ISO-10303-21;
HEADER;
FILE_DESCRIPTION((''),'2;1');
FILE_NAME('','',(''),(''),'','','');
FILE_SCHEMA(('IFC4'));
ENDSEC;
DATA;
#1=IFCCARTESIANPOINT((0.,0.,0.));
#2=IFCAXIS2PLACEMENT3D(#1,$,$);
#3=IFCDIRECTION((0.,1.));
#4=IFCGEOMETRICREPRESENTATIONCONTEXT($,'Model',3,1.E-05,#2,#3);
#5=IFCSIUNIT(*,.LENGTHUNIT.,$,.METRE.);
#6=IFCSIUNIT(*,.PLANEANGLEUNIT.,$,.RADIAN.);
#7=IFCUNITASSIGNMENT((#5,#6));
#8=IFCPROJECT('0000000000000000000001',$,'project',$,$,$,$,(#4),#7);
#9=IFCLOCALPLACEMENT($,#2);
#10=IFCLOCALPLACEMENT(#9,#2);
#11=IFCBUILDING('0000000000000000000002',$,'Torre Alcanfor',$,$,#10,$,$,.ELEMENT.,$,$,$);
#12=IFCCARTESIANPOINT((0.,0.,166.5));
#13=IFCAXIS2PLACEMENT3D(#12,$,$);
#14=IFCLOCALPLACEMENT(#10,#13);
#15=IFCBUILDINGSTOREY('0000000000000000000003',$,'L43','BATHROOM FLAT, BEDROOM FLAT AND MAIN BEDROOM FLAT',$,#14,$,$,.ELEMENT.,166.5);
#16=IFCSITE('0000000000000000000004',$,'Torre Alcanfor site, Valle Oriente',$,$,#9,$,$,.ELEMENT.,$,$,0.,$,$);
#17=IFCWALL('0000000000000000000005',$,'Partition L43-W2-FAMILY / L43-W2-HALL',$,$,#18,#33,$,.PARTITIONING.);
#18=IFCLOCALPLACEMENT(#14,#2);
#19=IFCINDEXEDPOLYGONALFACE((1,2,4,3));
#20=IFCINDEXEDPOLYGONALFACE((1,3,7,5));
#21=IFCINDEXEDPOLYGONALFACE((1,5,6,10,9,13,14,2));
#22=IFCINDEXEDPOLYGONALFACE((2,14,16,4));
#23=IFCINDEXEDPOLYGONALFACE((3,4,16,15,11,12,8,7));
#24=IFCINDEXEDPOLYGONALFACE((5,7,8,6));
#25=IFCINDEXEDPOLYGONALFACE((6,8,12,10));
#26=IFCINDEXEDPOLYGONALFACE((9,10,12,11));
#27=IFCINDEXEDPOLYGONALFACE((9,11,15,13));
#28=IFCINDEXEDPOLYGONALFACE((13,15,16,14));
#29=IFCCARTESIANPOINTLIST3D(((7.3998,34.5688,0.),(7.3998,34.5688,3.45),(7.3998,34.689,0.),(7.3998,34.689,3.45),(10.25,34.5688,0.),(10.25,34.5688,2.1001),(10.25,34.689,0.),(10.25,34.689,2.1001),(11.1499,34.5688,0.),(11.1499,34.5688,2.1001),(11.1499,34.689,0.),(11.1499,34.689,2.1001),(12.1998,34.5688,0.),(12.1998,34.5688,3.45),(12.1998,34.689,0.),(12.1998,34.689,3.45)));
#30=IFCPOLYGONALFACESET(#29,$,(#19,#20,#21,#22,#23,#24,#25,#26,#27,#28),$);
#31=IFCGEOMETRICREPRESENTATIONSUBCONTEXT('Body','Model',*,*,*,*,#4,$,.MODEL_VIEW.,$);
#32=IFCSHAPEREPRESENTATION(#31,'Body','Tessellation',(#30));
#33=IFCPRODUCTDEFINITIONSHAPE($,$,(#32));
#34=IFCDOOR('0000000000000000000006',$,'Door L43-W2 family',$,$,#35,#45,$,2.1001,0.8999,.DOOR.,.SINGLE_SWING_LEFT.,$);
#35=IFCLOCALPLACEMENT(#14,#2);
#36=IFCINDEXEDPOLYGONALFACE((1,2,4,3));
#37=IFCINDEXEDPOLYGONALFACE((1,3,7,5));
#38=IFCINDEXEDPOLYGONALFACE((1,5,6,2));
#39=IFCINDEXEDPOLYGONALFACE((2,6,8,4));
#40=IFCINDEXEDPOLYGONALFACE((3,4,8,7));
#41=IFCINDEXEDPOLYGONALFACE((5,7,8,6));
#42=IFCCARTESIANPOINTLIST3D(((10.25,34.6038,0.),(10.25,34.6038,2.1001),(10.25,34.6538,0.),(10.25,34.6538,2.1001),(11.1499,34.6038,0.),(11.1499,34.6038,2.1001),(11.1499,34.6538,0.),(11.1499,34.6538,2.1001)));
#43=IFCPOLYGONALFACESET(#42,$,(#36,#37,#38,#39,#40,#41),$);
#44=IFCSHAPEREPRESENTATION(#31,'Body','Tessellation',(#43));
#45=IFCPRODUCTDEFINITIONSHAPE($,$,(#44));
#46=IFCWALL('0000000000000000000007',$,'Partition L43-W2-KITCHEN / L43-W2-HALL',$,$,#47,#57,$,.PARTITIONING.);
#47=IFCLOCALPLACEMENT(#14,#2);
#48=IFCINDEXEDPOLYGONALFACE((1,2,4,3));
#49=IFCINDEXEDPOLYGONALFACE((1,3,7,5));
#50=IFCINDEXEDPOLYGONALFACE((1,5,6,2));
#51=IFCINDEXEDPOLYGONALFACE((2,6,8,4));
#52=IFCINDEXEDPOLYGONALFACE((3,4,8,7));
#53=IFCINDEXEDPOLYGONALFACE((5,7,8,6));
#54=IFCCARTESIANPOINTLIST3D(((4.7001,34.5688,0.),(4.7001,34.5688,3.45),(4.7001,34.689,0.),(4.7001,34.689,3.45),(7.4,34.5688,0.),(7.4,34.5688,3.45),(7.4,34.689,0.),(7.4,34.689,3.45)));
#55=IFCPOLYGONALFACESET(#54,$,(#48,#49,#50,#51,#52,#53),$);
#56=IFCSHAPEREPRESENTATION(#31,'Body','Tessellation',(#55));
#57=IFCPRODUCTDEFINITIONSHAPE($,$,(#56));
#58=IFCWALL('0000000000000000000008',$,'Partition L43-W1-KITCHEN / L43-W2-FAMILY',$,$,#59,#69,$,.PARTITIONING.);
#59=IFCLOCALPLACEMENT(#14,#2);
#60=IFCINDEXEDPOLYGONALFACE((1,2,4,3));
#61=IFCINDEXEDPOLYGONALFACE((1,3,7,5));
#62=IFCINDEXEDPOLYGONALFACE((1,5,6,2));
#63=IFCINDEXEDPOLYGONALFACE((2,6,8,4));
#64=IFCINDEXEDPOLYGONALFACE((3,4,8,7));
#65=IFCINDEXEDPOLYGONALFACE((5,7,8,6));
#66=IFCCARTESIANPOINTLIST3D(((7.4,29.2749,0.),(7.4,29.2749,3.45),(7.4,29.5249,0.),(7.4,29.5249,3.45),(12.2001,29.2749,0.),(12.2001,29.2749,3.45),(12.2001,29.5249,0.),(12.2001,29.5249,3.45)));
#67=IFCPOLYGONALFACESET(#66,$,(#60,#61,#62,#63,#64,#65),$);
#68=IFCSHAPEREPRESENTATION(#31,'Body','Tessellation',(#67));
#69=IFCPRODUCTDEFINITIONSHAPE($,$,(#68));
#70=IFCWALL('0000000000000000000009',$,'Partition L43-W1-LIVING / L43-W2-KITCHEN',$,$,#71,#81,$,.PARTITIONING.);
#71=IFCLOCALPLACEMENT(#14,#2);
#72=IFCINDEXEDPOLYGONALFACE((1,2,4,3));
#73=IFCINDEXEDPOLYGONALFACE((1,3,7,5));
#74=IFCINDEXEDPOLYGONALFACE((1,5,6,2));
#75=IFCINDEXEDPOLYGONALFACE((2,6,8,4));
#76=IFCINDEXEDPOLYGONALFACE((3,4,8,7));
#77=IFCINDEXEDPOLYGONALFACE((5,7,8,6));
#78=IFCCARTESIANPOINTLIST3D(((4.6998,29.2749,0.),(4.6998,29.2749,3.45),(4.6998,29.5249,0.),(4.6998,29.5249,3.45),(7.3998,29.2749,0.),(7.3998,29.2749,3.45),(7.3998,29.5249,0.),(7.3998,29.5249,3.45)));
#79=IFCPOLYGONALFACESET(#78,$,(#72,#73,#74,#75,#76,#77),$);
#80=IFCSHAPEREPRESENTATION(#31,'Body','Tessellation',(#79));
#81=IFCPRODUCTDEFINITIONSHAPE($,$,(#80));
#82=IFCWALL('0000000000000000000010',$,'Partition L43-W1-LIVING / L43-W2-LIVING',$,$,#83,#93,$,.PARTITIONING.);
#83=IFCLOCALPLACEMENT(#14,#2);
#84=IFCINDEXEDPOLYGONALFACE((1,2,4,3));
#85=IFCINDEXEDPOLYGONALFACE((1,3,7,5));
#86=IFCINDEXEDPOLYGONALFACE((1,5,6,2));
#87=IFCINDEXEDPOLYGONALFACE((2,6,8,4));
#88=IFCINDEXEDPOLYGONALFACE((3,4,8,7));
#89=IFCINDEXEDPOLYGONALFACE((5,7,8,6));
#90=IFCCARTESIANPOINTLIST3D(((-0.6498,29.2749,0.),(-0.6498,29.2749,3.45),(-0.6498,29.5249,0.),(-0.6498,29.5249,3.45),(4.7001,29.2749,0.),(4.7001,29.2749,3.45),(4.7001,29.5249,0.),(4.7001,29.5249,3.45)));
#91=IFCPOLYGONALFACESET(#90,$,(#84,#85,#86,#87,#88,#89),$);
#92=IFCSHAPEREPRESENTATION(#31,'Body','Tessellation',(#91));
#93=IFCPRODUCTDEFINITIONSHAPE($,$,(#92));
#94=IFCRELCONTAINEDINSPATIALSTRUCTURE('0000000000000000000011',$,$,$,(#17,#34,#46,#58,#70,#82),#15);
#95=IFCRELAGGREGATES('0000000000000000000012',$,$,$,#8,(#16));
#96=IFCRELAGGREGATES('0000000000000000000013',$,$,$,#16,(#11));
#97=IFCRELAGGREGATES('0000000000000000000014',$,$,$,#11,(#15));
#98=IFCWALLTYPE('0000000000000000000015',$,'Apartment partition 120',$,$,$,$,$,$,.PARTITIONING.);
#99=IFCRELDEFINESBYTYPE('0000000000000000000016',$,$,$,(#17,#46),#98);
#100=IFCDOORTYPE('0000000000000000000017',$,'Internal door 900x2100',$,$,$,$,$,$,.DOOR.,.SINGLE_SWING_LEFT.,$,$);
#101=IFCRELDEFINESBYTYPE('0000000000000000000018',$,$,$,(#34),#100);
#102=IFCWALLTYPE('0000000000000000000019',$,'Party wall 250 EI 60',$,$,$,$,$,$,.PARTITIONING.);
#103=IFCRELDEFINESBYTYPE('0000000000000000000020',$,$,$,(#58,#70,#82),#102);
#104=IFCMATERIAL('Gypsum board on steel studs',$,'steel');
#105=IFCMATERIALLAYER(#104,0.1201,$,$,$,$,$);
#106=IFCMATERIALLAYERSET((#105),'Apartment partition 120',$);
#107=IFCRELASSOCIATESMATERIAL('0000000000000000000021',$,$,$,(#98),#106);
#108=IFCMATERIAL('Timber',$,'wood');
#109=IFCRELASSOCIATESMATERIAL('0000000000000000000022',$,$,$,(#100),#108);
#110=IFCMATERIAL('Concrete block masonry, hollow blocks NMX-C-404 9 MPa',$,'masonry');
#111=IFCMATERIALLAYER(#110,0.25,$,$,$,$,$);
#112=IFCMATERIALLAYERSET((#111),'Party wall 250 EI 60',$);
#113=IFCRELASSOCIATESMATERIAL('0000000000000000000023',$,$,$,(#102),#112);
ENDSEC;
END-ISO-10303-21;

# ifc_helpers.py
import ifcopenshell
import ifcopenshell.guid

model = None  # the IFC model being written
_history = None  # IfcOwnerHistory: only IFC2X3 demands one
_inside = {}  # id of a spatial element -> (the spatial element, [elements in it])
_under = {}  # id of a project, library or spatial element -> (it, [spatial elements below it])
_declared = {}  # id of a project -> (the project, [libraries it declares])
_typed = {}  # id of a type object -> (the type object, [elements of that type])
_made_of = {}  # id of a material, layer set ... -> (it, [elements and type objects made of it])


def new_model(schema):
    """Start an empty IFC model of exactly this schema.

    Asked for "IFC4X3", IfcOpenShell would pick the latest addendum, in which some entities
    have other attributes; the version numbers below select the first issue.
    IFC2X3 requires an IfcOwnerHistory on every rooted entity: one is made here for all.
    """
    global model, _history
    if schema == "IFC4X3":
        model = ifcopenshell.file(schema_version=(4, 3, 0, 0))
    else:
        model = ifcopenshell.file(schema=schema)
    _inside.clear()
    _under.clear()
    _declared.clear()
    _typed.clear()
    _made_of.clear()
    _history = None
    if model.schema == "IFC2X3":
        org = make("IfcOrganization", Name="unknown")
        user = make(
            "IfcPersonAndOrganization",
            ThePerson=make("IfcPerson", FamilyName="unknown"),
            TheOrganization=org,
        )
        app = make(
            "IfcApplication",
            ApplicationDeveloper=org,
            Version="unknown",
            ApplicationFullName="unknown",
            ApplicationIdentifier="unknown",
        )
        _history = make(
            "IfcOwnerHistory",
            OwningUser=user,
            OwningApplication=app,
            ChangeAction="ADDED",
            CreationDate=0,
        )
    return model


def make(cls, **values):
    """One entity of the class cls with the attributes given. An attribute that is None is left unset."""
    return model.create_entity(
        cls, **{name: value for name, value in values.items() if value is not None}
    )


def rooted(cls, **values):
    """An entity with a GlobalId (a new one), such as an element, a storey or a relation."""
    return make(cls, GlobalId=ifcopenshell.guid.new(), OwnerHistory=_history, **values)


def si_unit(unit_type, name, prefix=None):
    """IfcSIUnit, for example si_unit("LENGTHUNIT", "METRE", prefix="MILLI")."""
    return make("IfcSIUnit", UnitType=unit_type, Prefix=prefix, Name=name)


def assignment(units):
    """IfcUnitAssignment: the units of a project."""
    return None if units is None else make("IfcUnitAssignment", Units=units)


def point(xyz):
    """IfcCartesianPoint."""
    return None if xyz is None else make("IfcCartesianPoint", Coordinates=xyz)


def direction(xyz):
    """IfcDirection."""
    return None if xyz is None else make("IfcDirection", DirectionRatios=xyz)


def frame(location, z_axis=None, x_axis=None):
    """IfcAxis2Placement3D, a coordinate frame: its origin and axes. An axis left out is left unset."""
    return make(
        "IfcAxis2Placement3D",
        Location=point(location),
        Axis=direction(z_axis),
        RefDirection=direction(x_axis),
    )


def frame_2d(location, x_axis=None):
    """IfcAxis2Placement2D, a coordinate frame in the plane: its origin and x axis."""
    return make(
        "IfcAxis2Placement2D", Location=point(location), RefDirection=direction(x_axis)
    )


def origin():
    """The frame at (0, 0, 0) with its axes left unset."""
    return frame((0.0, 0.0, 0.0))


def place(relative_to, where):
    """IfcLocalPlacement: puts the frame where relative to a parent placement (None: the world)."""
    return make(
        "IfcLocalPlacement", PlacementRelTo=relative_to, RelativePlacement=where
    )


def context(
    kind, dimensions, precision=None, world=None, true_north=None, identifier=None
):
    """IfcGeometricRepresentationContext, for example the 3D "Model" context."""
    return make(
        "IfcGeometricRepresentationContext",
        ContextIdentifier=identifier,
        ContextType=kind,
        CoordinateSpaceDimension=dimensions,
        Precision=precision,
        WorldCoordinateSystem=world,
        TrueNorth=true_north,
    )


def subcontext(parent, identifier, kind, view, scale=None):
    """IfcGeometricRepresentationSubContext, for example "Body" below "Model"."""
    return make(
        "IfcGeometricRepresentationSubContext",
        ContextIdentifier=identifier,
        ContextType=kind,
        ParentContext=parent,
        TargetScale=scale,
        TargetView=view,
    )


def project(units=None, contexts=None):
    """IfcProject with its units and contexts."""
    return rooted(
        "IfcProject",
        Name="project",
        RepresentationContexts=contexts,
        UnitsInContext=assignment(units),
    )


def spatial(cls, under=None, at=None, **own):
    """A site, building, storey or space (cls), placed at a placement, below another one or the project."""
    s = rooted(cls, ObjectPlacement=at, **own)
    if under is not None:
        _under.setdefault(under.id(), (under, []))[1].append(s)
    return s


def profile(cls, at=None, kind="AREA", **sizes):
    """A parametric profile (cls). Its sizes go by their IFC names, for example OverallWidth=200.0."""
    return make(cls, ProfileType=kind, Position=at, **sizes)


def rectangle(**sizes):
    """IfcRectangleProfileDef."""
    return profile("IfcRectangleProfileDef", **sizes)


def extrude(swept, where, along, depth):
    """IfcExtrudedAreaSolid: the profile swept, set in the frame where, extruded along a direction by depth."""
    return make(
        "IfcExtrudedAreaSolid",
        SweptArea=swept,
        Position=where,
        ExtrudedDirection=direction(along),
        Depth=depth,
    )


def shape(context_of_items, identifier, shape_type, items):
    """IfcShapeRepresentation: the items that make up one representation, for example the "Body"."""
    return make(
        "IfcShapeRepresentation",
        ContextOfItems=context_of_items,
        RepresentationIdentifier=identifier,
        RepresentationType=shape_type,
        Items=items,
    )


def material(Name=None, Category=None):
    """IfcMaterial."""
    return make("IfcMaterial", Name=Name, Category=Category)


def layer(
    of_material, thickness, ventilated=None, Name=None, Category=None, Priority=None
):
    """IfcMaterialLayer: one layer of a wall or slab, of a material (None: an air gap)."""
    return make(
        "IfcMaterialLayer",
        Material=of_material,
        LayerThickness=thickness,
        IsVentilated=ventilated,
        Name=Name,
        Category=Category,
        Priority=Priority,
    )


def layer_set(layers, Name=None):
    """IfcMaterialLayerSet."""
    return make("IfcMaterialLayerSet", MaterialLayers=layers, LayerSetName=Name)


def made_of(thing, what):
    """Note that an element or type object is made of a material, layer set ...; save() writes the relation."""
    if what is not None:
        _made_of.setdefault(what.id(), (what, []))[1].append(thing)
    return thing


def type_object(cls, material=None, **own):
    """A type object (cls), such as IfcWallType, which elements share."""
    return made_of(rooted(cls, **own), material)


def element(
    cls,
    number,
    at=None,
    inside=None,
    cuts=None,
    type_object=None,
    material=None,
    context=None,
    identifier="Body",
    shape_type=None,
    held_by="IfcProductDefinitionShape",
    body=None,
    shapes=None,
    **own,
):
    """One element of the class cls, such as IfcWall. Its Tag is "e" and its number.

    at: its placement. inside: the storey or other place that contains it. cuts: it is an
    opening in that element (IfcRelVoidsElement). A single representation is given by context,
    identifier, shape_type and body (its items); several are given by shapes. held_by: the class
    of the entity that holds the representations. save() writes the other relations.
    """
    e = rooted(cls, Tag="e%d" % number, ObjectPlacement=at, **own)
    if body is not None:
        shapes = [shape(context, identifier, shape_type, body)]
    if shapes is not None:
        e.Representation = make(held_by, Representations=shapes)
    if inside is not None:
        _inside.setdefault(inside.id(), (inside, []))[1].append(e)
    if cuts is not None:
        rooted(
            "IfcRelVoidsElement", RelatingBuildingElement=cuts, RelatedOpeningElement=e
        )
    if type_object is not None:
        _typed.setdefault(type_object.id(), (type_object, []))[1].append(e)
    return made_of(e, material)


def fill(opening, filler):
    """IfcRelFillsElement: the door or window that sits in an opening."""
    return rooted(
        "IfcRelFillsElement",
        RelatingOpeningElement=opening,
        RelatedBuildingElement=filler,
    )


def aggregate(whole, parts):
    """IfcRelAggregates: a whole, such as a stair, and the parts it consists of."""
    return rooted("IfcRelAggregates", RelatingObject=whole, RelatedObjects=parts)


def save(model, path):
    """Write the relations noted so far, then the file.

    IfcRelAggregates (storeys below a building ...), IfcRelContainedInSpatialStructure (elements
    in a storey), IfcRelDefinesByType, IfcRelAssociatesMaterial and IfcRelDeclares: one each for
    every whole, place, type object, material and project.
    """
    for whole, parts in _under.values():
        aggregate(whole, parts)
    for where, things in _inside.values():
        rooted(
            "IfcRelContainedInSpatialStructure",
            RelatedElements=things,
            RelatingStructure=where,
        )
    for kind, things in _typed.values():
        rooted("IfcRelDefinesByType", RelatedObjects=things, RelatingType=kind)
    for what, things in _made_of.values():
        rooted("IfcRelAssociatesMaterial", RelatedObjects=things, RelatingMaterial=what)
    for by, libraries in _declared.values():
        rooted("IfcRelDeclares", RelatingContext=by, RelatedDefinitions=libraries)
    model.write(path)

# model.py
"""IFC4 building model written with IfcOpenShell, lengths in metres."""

from ifc_helpers import new_model, si_unit, direction, frame, frame_2d, origin, place, context, subcontext, project, spatial, rectangle, extrude, material, layer, layer_set, type_object, element, fill, save


model = new_model("IFC4")

# Units and contexts
model_context = context("Model", 3, precision=1e-05, world=origin(), true_north=direction((0.0, 1.0)))
body_context = subcontext(model_context, "Body", "Model", "MODEL_VIEW")
ifc_project = project(units=[si_unit("LENGTHUNIT", "METRE"), si_unit("PLANEANGLEUNIT", "RADIAN")], contexts=[model_context])

# Site, building, storey
site_placement = place(None, origin())
site = spatial("IfcSite", under=ifc_project, at=site_placement, Name="Torre Alcanfor site, Valle Oriente", CompositionType="ELEMENT", RefElevation=0.0)
building_placement = place(site_placement, origin())
building = spatial("IfcBuilding", under=site, at=building_placement, Name="Torre Alcanfor", CompositionType="ELEMENT")
storey_placement = place(building_placement, frame((0.0, 0.0, 166.5)))
storey = spatial("IfcBuildingStorey", under=building, at=storey_placement, Name="L43", Description="BATHROOM FLAT, BEDROOM FLAT AND MAIN BEDROOM FLAT", CompositionType="ELEMENT", Elevation=166.5)

# Shared definitions
ifc_material_1 = material(Name="Gypsum board on steel studs", Category="steel")
ifc_layer_1 = layer(ifc_material_1, 0.1201)
ifc_layer_set_1 = layer_set([ifc_layer_1], Name="Apartment partition 120")
wall_type_1 = type_object("IfcWallType", Name="Apartment partition 120", PredefinedType="PARTITIONING", material=ifc_layer_set_1)
ifc_material_2 = material(Name="Timber", Category="wood")
door_type_1 = type_object("IfcDoorType", Name="Internal door 900x2100", OperationType="SINGLE_SWING_LEFT", PredefinedType="DOOR", material=ifc_material_2)

# Wall, opening, door
wall_1_placement = place(storey_placement, frame((7.3999, 34.6289, 0.0), z_axis=(0.0, 0.0, 1.0), x_axis=(1.0, 0.0, 0.0)))
wall_1 = element("IfcWall", 1, at=wall_1_placement, inside=storey, type_object=wall_type_1, Name="Partition L43-W2-FAMILY / L43-W2-HALL", PredefinedType="PARTITIONING", context=body_context, shape_type="SweptSolid", body=[
    extrude(rectangle(XDim=4.8, YDim=0.1201, at=frame_2d((2.3999, 0.0))), origin(), (0.0, 0.0, 1.0), 3.45),
])
opening_1_placement = place(wall_1_placement, frame((2.8501, 0.0, 0.0)))
opening_1 = element("IfcOpeningElement", 2, at=opening_1_placement, cuts=wall_1, PredefinedType="OPENING", context=body_context, shape_type="SweptSolid", body=[
    extrude(rectangle(XDim=0.8999, YDim=2.1001, at=frame_2d((0.45, 1.05))), frame((0.0, 0.0701, 0.0), z_axis=(0.0, -1.0, 0.0), x_axis=(1.0, 0.0, 0.0)), (0.0, 0.0, 1.0), 0.1401),
])
door_1_placement = place(opening_1_placement, frame((0.8999, 0.0, 0.0), z_axis=(0.0, 0.0, 1.0), x_axis=(-1.0, 0.0, 0.0)))
door_1 = element("IfcDoor", 3, at=door_1_placement, inside=storey, type_object=door_type_1, Name="Door L43-W2 family", OperationType="SINGLE_SWING_LEFT", OverallHeight=2.1001, OverallWidth=0.8999, PredefinedType="DOOR", context=body_context, shape_type="SweptSolid", body=[
    extrude(rectangle(XDim=0.8999, YDim=2.1001, at=frame_2d((0.45, 1.05))), frame((0.0, 0.0251, 0.0), z_axis=(0.0, -1.0, 0.0), x_axis=(1.0, 0.0, 0.0)), (0.0, 0.0, 1.0), 0.05),
])
fill(opening_1, door_1)

# Walls
wall_2_placement = place(storey_placement, frame((4.7, 34.6289, 0.0), z_axis=(0.0, 0.0, 1.0), x_axis=(1.0, 0.0, 0.0)))
element("IfcWall", 4, at=wall_2_placement, inside=storey, type_object=wall_type_1, Name="Partition L43-W2-KITCHEN / L43-W2-HALL", PredefinedType="PARTITIONING", context=body_context, shape_type="SweptSolid", body=[
    extrude(rectangle(XDim=2.7, YDim=0.1201, at=frame_2d((1.3501, 0.0))), origin(), (0.0, 0.0, 1.0), 3.45),
])
ifc_material_3 = material(Name="Concrete block masonry, hollow blocks NMX-C-404 9 MPa", Category="masonry")
ifc_layer_2 = layer(ifc_material_3, 0.25)
ifc_layer_set_2 = layer_set([ifc_layer_2], Name="Party wall 250 EI 60")
wall_type_2 = type_object("IfcWallType", Name="Party wall 250 EI 60", PredefinedType="PARTITIONING", material=ifc_layer_set_2)
wall_3_placement = place(storey_placement, frame((12.2, 29.3999, 0.0), z_axis=(0.0, 0.0, 1.0), x_axis=(-1.0, 0.0, 0.0)))
element("IfcWall", 5, at=wall_3_placement, inside=storey, type_object=wall_type_2, Name="Partition L43-W1-KITCHEN / L43-W2-FAMILY", PredefinedType="PARTITIONING", context=body_context, shape_type="SweptSolid", body=[
    extrude(rectangle(XDim=4.8, YDim=0.25, at=frame_2d((2.3999, 0.0))), origin(), (0.0, 0.0, 1.0), 3.45),
])
wall_4_placement = place(storey_placement, frame((7.3999, 29.3999, 0.0), z_axis=(0.0, 0.0, 1.0), x_axis=(-1.0, 0.0, 0.0)))
element("IfcWall", 6, at=wall_4_placement, inside=storey, type_object=wall_type_2, Name="Partition L43-W1-LIVING / L43-W2-KITCHEN", PredefinedType="PARTITIONING", context=body_context, shape_type="SweptSolid", body=[
    extrude(rectangle(XDim=2.7, YDim=0.25, at=frame_2d((1.3501, 0.0))), origin(), (0.0, 0.0, 1.0), 3.45),
])
wall_5_placement = place(storey_placement, frame((4.7, 29.3999, 0.0), z_axis=(0.0, 0.0, 1.0), x_axis=(-1.0, 0.0, 0.0)))
element("IfcWall", 7, at=wall_5_placement, inside=storey, type_object=wall_type_2, Name="Partition L43-W1-LIVING / L43-W2-LIVING", PredefinedType="PARTITIONING", context=body_context, shape_type="SweptSolid", body=[
    extrude(rectangle(XDim=5.3499, YDim=0.25, at=frame_2d((2.6748, 0.0))), origin(), (0.0, 0.0, 1.0), 3.45),
])

save(model, "model.ifc")
